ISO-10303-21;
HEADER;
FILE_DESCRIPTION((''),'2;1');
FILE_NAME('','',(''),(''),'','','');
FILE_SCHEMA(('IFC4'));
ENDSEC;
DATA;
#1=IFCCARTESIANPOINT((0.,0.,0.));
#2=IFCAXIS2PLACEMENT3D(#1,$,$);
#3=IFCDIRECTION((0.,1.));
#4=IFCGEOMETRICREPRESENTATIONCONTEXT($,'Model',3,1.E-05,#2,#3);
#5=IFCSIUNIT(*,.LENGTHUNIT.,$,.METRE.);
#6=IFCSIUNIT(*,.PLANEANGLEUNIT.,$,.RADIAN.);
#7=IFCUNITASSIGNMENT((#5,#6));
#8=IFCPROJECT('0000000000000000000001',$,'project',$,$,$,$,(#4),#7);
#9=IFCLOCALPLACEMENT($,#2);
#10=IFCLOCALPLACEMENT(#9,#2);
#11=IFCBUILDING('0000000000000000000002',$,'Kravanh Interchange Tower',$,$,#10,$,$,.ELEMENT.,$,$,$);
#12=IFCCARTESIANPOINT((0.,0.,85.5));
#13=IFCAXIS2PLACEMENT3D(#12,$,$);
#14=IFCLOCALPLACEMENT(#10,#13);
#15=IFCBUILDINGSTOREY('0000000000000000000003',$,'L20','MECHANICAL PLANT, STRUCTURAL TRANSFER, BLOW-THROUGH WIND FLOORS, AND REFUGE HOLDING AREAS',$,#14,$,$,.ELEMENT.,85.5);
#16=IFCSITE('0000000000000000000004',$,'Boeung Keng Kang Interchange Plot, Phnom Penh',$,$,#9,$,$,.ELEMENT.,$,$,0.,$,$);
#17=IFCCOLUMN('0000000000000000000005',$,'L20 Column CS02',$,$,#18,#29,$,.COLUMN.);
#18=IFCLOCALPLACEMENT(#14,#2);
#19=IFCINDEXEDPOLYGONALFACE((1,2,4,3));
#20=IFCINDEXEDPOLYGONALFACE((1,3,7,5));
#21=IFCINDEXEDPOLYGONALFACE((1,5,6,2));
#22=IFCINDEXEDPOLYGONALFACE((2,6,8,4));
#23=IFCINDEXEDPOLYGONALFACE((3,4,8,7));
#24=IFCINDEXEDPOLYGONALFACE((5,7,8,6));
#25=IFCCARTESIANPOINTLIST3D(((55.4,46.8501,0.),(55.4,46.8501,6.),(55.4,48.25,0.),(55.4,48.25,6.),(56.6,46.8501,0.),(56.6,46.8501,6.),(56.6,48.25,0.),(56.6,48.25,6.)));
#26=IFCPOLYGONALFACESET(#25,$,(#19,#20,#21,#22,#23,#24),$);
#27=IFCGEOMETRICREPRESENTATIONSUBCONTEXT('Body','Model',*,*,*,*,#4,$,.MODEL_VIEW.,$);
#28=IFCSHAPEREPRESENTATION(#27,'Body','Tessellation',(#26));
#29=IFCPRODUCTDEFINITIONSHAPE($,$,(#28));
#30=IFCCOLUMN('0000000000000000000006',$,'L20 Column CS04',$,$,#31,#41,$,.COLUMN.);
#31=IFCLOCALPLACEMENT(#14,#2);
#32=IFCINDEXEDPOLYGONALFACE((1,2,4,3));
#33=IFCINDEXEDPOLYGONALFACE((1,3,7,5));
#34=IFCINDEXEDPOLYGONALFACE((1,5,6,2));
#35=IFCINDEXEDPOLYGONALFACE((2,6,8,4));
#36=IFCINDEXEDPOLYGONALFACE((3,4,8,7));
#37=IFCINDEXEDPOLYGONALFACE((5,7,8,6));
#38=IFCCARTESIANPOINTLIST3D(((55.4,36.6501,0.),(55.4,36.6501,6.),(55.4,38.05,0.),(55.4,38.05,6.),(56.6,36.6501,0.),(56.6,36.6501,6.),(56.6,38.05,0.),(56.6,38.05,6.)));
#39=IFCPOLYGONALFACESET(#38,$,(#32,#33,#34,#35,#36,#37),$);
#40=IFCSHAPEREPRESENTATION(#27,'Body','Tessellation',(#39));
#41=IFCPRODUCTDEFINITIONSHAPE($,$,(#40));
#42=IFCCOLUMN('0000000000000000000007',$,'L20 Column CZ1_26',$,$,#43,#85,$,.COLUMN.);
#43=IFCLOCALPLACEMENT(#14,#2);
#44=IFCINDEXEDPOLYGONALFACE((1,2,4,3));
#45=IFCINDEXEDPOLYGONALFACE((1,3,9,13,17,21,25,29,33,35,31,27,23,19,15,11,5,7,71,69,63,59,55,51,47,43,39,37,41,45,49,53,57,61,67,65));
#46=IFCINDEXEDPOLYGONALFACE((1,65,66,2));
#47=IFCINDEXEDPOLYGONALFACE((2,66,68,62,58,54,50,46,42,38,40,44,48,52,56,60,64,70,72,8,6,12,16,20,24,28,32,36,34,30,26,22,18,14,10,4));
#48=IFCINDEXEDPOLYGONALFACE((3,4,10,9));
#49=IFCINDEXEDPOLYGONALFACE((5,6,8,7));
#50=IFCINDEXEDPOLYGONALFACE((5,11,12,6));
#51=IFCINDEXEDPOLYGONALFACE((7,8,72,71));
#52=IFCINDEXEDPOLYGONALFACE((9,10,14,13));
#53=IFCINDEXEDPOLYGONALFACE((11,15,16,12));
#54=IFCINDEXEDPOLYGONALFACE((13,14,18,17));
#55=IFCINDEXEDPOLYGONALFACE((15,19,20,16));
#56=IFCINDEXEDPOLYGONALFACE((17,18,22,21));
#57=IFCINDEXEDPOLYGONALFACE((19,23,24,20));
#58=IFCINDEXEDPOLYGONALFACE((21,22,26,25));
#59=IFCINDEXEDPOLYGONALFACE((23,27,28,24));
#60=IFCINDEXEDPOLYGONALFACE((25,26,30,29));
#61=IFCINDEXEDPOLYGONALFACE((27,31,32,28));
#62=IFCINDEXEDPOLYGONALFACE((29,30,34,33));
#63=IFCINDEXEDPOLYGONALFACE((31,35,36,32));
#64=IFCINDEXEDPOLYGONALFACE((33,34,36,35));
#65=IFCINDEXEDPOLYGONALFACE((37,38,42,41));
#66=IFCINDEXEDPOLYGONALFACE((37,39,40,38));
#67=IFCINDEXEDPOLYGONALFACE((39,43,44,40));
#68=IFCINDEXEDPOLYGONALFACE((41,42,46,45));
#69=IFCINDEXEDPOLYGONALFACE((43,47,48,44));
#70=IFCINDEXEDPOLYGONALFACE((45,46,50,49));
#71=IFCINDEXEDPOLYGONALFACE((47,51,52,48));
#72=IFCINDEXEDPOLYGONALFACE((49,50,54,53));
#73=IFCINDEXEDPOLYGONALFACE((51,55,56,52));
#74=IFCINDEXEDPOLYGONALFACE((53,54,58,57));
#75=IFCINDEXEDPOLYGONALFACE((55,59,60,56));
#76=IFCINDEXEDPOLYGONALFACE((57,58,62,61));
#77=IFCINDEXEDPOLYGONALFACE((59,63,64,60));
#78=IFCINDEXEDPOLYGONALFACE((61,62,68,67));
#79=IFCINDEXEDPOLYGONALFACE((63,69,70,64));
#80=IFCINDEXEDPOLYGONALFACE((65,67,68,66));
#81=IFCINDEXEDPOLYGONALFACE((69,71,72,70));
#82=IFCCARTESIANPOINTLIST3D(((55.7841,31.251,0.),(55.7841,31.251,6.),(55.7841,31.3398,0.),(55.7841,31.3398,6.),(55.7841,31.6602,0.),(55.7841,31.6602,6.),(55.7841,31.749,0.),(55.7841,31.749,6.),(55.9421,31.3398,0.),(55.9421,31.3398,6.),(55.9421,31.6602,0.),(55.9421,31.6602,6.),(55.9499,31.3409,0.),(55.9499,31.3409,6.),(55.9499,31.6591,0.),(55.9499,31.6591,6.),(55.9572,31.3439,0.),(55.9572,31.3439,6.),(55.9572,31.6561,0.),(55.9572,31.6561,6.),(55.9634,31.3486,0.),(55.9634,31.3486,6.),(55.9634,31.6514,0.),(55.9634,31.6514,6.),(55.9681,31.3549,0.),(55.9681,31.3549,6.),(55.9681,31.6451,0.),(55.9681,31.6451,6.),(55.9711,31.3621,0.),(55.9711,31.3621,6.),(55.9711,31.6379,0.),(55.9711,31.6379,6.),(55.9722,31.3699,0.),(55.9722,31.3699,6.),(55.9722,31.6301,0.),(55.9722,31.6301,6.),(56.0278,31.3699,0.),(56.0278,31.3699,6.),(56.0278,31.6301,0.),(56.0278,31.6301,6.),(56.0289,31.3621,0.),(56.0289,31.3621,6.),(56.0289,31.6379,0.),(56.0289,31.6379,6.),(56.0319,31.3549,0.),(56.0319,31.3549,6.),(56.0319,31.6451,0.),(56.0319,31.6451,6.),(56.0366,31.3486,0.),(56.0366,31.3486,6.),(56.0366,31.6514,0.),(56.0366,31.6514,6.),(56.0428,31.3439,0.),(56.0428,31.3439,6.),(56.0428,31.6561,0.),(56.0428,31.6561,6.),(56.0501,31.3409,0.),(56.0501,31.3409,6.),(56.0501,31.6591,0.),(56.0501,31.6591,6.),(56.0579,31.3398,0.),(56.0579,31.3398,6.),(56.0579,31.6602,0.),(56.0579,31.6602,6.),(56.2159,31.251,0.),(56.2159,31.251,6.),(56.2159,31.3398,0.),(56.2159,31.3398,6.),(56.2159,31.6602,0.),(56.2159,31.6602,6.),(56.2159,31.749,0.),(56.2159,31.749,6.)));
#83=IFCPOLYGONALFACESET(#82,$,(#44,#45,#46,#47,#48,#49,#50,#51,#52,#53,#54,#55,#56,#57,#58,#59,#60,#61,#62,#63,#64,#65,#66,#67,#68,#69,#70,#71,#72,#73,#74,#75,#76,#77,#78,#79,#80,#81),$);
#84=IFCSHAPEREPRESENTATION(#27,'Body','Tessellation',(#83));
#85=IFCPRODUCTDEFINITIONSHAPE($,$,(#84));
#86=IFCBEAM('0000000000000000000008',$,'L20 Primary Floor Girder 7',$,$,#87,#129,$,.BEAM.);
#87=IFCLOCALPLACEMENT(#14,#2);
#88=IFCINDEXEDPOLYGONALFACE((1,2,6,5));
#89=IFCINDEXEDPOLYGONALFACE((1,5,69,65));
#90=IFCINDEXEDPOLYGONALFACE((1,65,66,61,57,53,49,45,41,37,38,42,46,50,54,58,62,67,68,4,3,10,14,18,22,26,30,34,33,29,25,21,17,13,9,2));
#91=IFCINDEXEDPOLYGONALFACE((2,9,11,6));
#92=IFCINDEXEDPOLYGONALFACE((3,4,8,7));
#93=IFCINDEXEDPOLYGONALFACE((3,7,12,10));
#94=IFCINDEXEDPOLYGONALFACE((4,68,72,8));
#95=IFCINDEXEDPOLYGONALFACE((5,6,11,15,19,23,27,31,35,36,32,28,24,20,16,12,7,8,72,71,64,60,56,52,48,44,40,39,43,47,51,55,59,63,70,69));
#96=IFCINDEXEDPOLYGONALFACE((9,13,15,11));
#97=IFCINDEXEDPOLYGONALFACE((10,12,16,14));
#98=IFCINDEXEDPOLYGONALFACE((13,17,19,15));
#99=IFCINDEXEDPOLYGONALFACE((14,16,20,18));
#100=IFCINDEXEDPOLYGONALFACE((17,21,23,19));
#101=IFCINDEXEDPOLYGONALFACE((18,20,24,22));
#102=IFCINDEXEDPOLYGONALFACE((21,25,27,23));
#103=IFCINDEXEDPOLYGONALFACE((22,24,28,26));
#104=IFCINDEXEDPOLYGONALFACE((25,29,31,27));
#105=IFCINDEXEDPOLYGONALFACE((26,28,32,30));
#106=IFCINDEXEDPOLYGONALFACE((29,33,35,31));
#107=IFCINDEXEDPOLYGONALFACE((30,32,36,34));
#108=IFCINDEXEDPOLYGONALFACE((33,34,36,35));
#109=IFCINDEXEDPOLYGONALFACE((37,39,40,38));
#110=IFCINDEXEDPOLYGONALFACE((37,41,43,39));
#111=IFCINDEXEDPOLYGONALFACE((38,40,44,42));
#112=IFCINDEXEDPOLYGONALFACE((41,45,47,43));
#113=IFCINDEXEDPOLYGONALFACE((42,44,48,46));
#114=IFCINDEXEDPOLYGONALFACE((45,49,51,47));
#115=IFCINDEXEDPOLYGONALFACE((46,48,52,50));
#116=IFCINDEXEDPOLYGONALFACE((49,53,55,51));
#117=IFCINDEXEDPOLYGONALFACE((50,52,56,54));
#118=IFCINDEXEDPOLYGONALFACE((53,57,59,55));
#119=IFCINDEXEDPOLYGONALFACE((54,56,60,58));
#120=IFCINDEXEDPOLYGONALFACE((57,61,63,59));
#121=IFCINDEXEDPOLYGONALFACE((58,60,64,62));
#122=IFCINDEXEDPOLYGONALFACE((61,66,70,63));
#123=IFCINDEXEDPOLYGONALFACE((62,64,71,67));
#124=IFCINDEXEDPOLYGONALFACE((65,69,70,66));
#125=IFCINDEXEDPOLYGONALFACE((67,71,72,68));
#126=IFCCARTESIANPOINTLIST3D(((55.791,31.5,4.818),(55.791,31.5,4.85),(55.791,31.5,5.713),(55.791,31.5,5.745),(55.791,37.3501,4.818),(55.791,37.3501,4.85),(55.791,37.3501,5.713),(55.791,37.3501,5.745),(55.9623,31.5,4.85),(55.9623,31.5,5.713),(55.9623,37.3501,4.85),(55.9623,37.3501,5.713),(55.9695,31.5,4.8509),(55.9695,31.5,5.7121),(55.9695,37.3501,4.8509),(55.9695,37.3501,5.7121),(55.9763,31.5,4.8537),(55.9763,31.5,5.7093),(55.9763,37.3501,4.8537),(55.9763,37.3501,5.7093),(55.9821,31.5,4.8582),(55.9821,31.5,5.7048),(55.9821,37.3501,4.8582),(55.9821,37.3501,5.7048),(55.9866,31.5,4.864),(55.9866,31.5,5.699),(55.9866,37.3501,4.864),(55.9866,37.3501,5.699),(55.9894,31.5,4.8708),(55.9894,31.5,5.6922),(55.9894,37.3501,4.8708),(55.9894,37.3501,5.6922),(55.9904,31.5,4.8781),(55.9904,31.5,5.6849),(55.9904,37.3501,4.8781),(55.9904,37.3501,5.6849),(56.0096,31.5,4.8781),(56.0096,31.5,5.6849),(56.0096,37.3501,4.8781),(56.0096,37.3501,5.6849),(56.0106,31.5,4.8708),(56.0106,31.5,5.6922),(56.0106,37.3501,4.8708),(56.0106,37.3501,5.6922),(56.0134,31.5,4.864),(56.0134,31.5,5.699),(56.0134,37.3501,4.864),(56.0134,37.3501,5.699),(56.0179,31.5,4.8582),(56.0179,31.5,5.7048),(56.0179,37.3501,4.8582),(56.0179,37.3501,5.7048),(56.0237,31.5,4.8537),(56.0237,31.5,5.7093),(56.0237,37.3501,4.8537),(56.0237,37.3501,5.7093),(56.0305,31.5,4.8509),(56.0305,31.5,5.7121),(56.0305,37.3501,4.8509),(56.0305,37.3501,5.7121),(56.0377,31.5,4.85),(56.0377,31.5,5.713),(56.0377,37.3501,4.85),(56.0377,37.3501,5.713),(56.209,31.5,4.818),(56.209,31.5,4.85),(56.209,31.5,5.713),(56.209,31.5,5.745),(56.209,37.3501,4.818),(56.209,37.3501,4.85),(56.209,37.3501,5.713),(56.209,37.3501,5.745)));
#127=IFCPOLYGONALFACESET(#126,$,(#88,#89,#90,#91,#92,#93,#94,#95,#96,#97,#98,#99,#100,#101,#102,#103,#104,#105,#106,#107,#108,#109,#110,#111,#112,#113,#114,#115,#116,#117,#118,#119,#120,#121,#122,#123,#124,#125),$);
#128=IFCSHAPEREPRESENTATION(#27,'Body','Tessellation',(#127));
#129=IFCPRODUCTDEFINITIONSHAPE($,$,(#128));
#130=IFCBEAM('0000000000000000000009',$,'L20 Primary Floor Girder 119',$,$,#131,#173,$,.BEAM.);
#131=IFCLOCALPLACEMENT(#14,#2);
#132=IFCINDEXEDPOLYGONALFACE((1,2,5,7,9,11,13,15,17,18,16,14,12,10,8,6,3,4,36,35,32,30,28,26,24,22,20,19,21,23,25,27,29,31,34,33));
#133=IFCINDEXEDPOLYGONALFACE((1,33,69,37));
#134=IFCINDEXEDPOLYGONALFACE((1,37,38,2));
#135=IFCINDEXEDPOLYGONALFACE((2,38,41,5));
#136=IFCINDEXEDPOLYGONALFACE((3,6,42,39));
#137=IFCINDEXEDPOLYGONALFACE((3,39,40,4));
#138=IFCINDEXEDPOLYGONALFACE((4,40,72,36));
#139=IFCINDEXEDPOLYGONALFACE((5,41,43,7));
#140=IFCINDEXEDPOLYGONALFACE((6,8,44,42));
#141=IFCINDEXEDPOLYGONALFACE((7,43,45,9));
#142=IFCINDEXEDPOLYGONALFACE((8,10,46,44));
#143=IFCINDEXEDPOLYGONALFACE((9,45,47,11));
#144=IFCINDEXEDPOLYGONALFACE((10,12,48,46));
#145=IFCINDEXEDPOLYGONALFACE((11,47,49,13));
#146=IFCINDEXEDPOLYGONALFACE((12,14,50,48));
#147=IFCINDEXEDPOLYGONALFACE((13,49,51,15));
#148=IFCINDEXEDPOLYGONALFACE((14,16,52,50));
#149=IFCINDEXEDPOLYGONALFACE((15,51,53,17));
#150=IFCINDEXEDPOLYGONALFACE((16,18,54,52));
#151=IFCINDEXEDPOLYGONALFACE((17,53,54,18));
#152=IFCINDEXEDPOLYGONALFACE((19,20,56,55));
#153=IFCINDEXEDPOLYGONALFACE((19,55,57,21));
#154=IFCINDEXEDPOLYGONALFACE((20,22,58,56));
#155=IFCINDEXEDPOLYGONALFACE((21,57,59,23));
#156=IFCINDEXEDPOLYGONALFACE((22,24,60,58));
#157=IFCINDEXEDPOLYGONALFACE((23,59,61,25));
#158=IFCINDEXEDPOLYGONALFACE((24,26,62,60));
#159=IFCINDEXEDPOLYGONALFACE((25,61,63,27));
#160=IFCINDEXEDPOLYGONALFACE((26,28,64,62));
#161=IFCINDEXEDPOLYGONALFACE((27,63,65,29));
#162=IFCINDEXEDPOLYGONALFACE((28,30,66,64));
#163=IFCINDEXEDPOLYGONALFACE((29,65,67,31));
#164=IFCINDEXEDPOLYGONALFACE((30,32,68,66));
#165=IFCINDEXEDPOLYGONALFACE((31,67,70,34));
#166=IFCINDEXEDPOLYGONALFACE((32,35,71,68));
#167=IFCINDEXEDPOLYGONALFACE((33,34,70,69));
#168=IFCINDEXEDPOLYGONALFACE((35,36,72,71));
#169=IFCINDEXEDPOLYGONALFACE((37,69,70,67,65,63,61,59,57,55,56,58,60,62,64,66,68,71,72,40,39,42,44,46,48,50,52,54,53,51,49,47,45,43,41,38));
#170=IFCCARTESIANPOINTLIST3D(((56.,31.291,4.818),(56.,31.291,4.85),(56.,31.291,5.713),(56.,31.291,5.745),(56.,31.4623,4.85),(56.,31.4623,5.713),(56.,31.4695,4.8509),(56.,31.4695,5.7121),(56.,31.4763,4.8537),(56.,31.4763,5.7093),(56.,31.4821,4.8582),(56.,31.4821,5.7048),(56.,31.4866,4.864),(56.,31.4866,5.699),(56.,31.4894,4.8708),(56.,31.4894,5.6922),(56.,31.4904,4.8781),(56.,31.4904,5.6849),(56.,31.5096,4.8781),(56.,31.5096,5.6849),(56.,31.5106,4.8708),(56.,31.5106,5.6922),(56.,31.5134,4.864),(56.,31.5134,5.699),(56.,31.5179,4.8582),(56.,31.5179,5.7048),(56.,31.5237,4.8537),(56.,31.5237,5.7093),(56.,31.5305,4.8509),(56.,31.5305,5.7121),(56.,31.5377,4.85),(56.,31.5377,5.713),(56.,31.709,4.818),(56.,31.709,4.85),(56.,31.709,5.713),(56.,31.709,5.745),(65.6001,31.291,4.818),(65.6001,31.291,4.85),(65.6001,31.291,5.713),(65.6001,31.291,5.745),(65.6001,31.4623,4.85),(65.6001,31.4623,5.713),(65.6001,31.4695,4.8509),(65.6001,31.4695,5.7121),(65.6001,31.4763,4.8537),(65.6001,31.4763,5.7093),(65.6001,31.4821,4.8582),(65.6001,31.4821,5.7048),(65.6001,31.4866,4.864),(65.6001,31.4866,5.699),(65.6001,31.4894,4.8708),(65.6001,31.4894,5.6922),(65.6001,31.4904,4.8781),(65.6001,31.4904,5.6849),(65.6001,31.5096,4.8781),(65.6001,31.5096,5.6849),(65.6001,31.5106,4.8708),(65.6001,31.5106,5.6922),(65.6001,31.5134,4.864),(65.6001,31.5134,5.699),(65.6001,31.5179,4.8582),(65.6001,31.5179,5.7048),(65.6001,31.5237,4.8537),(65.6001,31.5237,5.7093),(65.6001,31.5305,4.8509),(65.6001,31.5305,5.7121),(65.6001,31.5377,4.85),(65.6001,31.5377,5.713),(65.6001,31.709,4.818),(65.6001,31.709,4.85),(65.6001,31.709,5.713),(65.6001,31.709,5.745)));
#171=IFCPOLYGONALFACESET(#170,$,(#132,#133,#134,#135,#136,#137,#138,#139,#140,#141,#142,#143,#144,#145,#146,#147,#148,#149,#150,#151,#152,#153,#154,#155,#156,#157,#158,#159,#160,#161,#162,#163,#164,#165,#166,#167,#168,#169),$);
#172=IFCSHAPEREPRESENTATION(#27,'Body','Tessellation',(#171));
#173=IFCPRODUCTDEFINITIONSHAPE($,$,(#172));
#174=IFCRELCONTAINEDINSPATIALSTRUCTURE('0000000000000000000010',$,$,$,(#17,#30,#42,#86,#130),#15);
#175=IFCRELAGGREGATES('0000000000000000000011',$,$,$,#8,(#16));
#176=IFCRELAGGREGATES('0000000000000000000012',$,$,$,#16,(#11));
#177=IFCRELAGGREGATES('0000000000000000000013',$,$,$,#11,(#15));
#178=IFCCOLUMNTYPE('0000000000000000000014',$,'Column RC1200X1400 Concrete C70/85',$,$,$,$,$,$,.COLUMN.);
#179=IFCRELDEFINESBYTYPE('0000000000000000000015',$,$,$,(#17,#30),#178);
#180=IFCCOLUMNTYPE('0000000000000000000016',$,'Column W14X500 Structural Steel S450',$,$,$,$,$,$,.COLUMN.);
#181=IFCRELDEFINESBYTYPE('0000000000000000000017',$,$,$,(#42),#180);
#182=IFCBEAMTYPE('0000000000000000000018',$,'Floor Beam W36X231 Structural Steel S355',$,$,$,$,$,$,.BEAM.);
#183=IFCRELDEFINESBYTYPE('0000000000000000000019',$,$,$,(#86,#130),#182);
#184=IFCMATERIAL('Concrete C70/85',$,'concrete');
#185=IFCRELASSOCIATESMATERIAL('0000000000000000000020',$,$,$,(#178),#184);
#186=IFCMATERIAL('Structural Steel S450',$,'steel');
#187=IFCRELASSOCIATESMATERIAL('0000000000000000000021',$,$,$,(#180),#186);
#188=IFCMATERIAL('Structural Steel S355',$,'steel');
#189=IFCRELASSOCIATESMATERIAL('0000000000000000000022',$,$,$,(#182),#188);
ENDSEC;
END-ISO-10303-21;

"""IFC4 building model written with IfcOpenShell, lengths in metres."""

from ifc_helpers import new_model, si_unit, direction, frame, origin, origin_2d, place, context, subcontext, project, spatial, rectangle, i_section, extrude, material, material_profile, profile_set, type_object, element, save


model = new_model("IFC4")

# Units and contexts
model_context = context("Model", 3, precision=1e-05, world=origin(), true_north=direction((0.0, 1.0)))
body_context = subcontext(model_context, "Body", "Model", "MODEL_VIEW")
ifc_project = project(units=[si_unit("LENGTHUNIT", "METRE"), si_unit("PLANEANGLEUNIT", "RADIAN")], contexts=[model_context])

# Site, building, storey
site_placement = place(None, origin())
site = spatial("IfcSite", under=ifc_project, at=site_placement, Name="Boeung Keng Kang Interchange Plot, Phnom Penh", CompositionType="ELEMENT", RefElevation=0.0)
building_placement = place(site_placement, origin())
building = spatial("IfcBuilding", under=site, at=building_placement, Name="Kravanh Interchange Tower", CompositionType="ELEMENT")
storey_placement = place(building_placement, frame((0.0, 0.0, 85.5)))
storey = spatial("IfcBuildingStorey", under=building, at=storey_placement, Name="L20", Description="MECHANICAL PLANT, STRUCTURAL TRANSFER, BLOW-THROUGH WIND FLOORS, AND REFUGE HOLDING AREAS", CompositionType="ELEMENT", Elevation=85.5)

# Columns
ifc_material_1 = material(Name="Concrete C70/85", Category="concrete")
ifc_material_profile_1 = material_profile(ifc_material_1, rectangle(XDim=1.2, YDim=1.3999, at=origin_2d()), Name="RC1200X1400")
ifc_profile_set_1 = profile_set([ifc_material_profile_1], Name="Concrete C70/85")
column_type_1 = type_object("IfcColumnType", Name="Column RC1200X1400 Concrete C70/85", PredefinedType="COLUMN", material=ifc_profile_set_1)
for number, where, z_axis, x_axis, name in (
    (1, (56.0, 47.55, 0.0), (0.0, 0.0, 1.0), (1.0, 0.0, 0.0), "L20 Column CS02"),
    (2, (56.0, 37.3501, 0.0), (0.0, 0.0, 1.0), (1.0, 0.0, 0.0), "L20 Column CS04"),
):
    element("IfcColumn", number, at=place(storey_placement, frame(where, z_axis=z_axis, x_axis=x_axis)), inside=storey, type_object=column_type_1, Name=name, PredefinedType="COLUMN", context=body_context, shape_type="SweptSolid", body=[
        extrude(rectangle(XDim=1.2, YDim=1.3999, at=origin_2d()), origin(), (0.0, 0.0, 1.0), 6.0),
    ])
ifc_material_2 = material(Name="Structural Steel S450", Category="steel")
ifc_material_profile_2 = material_profile(ifc_material_2, i_section(OverallWidth=0.4319, OverallDepth=0.498, WebThickness=0.0557, FlangeThickness=0.0889, FilletRadius=0.03, at=origin_2d()), Name="W14X500")
ifc_profile_set_2 = profile_set([ifc_material_profile_2], Name="Structural Steel S450")
column_type_2 = type_object("IfcColumnType", Name="Column W14X500 Structural Steel S450", PredefinedType="COLUMN", material=ifc_profile_set_2)
column_placement = place(storey_placement, frame((56.0, 31.5, 0.0), z_axis=(0.0, 0.0, 1.0), x_axis=(1.0, 0.0, 0.0)))
element("IfcColumn", 3, at=column_placement, inside=storey, type_object=column_type_2, Name="L20 Column CZ1_26", PredefinedType="COLUMN", context=body_context, shape_type="SweptSolid", body=[
    extrude(i_section(OverallWidth=0.4319, OverallDepth=0.498, WebThickness=0.0557, FlangeThickness=0.0889, FilletRadius=0.03, at=origin_2d()), origin(), (0.0, 0.0, 1.0), 6.0),
])

# Beams
ifc_material_3 = material(Name="Structural Steel S355", Category="steel")
ifc_material_profile_3 = material_profile(ifc_material_3, i_section(OverallWidth=0.418, OverallDepth=0.927, WebThickness=0.0193, FlangeThickness=0.032, FilletRadius=0.0281, at=origin_2d()), Name="W36X231")
ifc_profile_set_3 = profile_set([ifc_material_profile_3], Name="Structural Steel S355")
beam_type_1 = type_object("IfcBeamType", Name="Floor Beam W36X231 Structural Steel S355", PredefinedType="BEAM", material=ifc_profile_set_3)
beam_1_placement = place(storey_placement, frame((56.0, 37.3501, 5.2815), z_axis=(0.0, -1.0, 0.0), x_axis=(1.0, 0.0, 0.0)))
element("IfcBeam", 4, at=beam_1_placement, inside=storey, type_object=beam_type_1, Name="L20 Primary Floor Girder 7", PredefinedType="BEAM", context=body_context, shape_type="SweptSolid", body=[
    extrude(i_section(OverallWidth=0.418, OverallDepth=0.927, WebThickness=0.0193, FlangeThickness=0.032, FilletRadius=0.0281, at=origin_2d()), origin(), (0.0, 0.0, 1.0), 5.8501),
])
beam_2_placement = place(storey_placement, frame((56.0, 31.5, 5.2815), z_axis=(1.0, 0.0, 0.0), x_axis=(0.0, 1.0, 0.0)))
element("IfcBeam", 5, at=beam_2_placement, inside=storey, type_object=beam_type_1, Name="L20 Primary Floor Girder 119", PredefinedType="BEAM", context=body_context, shape_type="SweptSolid", body=[
    extrude(i_section(OverallWidth=0.418, OverallDepth=0.927, WebThickness=0.0193, FlangeThickness=0.032, FilletRadius=0.0281, at=origin_2d()), origin(), (0.0, 0.0, 1.0), 9.6001),
])

save(model, "model.ifc")
